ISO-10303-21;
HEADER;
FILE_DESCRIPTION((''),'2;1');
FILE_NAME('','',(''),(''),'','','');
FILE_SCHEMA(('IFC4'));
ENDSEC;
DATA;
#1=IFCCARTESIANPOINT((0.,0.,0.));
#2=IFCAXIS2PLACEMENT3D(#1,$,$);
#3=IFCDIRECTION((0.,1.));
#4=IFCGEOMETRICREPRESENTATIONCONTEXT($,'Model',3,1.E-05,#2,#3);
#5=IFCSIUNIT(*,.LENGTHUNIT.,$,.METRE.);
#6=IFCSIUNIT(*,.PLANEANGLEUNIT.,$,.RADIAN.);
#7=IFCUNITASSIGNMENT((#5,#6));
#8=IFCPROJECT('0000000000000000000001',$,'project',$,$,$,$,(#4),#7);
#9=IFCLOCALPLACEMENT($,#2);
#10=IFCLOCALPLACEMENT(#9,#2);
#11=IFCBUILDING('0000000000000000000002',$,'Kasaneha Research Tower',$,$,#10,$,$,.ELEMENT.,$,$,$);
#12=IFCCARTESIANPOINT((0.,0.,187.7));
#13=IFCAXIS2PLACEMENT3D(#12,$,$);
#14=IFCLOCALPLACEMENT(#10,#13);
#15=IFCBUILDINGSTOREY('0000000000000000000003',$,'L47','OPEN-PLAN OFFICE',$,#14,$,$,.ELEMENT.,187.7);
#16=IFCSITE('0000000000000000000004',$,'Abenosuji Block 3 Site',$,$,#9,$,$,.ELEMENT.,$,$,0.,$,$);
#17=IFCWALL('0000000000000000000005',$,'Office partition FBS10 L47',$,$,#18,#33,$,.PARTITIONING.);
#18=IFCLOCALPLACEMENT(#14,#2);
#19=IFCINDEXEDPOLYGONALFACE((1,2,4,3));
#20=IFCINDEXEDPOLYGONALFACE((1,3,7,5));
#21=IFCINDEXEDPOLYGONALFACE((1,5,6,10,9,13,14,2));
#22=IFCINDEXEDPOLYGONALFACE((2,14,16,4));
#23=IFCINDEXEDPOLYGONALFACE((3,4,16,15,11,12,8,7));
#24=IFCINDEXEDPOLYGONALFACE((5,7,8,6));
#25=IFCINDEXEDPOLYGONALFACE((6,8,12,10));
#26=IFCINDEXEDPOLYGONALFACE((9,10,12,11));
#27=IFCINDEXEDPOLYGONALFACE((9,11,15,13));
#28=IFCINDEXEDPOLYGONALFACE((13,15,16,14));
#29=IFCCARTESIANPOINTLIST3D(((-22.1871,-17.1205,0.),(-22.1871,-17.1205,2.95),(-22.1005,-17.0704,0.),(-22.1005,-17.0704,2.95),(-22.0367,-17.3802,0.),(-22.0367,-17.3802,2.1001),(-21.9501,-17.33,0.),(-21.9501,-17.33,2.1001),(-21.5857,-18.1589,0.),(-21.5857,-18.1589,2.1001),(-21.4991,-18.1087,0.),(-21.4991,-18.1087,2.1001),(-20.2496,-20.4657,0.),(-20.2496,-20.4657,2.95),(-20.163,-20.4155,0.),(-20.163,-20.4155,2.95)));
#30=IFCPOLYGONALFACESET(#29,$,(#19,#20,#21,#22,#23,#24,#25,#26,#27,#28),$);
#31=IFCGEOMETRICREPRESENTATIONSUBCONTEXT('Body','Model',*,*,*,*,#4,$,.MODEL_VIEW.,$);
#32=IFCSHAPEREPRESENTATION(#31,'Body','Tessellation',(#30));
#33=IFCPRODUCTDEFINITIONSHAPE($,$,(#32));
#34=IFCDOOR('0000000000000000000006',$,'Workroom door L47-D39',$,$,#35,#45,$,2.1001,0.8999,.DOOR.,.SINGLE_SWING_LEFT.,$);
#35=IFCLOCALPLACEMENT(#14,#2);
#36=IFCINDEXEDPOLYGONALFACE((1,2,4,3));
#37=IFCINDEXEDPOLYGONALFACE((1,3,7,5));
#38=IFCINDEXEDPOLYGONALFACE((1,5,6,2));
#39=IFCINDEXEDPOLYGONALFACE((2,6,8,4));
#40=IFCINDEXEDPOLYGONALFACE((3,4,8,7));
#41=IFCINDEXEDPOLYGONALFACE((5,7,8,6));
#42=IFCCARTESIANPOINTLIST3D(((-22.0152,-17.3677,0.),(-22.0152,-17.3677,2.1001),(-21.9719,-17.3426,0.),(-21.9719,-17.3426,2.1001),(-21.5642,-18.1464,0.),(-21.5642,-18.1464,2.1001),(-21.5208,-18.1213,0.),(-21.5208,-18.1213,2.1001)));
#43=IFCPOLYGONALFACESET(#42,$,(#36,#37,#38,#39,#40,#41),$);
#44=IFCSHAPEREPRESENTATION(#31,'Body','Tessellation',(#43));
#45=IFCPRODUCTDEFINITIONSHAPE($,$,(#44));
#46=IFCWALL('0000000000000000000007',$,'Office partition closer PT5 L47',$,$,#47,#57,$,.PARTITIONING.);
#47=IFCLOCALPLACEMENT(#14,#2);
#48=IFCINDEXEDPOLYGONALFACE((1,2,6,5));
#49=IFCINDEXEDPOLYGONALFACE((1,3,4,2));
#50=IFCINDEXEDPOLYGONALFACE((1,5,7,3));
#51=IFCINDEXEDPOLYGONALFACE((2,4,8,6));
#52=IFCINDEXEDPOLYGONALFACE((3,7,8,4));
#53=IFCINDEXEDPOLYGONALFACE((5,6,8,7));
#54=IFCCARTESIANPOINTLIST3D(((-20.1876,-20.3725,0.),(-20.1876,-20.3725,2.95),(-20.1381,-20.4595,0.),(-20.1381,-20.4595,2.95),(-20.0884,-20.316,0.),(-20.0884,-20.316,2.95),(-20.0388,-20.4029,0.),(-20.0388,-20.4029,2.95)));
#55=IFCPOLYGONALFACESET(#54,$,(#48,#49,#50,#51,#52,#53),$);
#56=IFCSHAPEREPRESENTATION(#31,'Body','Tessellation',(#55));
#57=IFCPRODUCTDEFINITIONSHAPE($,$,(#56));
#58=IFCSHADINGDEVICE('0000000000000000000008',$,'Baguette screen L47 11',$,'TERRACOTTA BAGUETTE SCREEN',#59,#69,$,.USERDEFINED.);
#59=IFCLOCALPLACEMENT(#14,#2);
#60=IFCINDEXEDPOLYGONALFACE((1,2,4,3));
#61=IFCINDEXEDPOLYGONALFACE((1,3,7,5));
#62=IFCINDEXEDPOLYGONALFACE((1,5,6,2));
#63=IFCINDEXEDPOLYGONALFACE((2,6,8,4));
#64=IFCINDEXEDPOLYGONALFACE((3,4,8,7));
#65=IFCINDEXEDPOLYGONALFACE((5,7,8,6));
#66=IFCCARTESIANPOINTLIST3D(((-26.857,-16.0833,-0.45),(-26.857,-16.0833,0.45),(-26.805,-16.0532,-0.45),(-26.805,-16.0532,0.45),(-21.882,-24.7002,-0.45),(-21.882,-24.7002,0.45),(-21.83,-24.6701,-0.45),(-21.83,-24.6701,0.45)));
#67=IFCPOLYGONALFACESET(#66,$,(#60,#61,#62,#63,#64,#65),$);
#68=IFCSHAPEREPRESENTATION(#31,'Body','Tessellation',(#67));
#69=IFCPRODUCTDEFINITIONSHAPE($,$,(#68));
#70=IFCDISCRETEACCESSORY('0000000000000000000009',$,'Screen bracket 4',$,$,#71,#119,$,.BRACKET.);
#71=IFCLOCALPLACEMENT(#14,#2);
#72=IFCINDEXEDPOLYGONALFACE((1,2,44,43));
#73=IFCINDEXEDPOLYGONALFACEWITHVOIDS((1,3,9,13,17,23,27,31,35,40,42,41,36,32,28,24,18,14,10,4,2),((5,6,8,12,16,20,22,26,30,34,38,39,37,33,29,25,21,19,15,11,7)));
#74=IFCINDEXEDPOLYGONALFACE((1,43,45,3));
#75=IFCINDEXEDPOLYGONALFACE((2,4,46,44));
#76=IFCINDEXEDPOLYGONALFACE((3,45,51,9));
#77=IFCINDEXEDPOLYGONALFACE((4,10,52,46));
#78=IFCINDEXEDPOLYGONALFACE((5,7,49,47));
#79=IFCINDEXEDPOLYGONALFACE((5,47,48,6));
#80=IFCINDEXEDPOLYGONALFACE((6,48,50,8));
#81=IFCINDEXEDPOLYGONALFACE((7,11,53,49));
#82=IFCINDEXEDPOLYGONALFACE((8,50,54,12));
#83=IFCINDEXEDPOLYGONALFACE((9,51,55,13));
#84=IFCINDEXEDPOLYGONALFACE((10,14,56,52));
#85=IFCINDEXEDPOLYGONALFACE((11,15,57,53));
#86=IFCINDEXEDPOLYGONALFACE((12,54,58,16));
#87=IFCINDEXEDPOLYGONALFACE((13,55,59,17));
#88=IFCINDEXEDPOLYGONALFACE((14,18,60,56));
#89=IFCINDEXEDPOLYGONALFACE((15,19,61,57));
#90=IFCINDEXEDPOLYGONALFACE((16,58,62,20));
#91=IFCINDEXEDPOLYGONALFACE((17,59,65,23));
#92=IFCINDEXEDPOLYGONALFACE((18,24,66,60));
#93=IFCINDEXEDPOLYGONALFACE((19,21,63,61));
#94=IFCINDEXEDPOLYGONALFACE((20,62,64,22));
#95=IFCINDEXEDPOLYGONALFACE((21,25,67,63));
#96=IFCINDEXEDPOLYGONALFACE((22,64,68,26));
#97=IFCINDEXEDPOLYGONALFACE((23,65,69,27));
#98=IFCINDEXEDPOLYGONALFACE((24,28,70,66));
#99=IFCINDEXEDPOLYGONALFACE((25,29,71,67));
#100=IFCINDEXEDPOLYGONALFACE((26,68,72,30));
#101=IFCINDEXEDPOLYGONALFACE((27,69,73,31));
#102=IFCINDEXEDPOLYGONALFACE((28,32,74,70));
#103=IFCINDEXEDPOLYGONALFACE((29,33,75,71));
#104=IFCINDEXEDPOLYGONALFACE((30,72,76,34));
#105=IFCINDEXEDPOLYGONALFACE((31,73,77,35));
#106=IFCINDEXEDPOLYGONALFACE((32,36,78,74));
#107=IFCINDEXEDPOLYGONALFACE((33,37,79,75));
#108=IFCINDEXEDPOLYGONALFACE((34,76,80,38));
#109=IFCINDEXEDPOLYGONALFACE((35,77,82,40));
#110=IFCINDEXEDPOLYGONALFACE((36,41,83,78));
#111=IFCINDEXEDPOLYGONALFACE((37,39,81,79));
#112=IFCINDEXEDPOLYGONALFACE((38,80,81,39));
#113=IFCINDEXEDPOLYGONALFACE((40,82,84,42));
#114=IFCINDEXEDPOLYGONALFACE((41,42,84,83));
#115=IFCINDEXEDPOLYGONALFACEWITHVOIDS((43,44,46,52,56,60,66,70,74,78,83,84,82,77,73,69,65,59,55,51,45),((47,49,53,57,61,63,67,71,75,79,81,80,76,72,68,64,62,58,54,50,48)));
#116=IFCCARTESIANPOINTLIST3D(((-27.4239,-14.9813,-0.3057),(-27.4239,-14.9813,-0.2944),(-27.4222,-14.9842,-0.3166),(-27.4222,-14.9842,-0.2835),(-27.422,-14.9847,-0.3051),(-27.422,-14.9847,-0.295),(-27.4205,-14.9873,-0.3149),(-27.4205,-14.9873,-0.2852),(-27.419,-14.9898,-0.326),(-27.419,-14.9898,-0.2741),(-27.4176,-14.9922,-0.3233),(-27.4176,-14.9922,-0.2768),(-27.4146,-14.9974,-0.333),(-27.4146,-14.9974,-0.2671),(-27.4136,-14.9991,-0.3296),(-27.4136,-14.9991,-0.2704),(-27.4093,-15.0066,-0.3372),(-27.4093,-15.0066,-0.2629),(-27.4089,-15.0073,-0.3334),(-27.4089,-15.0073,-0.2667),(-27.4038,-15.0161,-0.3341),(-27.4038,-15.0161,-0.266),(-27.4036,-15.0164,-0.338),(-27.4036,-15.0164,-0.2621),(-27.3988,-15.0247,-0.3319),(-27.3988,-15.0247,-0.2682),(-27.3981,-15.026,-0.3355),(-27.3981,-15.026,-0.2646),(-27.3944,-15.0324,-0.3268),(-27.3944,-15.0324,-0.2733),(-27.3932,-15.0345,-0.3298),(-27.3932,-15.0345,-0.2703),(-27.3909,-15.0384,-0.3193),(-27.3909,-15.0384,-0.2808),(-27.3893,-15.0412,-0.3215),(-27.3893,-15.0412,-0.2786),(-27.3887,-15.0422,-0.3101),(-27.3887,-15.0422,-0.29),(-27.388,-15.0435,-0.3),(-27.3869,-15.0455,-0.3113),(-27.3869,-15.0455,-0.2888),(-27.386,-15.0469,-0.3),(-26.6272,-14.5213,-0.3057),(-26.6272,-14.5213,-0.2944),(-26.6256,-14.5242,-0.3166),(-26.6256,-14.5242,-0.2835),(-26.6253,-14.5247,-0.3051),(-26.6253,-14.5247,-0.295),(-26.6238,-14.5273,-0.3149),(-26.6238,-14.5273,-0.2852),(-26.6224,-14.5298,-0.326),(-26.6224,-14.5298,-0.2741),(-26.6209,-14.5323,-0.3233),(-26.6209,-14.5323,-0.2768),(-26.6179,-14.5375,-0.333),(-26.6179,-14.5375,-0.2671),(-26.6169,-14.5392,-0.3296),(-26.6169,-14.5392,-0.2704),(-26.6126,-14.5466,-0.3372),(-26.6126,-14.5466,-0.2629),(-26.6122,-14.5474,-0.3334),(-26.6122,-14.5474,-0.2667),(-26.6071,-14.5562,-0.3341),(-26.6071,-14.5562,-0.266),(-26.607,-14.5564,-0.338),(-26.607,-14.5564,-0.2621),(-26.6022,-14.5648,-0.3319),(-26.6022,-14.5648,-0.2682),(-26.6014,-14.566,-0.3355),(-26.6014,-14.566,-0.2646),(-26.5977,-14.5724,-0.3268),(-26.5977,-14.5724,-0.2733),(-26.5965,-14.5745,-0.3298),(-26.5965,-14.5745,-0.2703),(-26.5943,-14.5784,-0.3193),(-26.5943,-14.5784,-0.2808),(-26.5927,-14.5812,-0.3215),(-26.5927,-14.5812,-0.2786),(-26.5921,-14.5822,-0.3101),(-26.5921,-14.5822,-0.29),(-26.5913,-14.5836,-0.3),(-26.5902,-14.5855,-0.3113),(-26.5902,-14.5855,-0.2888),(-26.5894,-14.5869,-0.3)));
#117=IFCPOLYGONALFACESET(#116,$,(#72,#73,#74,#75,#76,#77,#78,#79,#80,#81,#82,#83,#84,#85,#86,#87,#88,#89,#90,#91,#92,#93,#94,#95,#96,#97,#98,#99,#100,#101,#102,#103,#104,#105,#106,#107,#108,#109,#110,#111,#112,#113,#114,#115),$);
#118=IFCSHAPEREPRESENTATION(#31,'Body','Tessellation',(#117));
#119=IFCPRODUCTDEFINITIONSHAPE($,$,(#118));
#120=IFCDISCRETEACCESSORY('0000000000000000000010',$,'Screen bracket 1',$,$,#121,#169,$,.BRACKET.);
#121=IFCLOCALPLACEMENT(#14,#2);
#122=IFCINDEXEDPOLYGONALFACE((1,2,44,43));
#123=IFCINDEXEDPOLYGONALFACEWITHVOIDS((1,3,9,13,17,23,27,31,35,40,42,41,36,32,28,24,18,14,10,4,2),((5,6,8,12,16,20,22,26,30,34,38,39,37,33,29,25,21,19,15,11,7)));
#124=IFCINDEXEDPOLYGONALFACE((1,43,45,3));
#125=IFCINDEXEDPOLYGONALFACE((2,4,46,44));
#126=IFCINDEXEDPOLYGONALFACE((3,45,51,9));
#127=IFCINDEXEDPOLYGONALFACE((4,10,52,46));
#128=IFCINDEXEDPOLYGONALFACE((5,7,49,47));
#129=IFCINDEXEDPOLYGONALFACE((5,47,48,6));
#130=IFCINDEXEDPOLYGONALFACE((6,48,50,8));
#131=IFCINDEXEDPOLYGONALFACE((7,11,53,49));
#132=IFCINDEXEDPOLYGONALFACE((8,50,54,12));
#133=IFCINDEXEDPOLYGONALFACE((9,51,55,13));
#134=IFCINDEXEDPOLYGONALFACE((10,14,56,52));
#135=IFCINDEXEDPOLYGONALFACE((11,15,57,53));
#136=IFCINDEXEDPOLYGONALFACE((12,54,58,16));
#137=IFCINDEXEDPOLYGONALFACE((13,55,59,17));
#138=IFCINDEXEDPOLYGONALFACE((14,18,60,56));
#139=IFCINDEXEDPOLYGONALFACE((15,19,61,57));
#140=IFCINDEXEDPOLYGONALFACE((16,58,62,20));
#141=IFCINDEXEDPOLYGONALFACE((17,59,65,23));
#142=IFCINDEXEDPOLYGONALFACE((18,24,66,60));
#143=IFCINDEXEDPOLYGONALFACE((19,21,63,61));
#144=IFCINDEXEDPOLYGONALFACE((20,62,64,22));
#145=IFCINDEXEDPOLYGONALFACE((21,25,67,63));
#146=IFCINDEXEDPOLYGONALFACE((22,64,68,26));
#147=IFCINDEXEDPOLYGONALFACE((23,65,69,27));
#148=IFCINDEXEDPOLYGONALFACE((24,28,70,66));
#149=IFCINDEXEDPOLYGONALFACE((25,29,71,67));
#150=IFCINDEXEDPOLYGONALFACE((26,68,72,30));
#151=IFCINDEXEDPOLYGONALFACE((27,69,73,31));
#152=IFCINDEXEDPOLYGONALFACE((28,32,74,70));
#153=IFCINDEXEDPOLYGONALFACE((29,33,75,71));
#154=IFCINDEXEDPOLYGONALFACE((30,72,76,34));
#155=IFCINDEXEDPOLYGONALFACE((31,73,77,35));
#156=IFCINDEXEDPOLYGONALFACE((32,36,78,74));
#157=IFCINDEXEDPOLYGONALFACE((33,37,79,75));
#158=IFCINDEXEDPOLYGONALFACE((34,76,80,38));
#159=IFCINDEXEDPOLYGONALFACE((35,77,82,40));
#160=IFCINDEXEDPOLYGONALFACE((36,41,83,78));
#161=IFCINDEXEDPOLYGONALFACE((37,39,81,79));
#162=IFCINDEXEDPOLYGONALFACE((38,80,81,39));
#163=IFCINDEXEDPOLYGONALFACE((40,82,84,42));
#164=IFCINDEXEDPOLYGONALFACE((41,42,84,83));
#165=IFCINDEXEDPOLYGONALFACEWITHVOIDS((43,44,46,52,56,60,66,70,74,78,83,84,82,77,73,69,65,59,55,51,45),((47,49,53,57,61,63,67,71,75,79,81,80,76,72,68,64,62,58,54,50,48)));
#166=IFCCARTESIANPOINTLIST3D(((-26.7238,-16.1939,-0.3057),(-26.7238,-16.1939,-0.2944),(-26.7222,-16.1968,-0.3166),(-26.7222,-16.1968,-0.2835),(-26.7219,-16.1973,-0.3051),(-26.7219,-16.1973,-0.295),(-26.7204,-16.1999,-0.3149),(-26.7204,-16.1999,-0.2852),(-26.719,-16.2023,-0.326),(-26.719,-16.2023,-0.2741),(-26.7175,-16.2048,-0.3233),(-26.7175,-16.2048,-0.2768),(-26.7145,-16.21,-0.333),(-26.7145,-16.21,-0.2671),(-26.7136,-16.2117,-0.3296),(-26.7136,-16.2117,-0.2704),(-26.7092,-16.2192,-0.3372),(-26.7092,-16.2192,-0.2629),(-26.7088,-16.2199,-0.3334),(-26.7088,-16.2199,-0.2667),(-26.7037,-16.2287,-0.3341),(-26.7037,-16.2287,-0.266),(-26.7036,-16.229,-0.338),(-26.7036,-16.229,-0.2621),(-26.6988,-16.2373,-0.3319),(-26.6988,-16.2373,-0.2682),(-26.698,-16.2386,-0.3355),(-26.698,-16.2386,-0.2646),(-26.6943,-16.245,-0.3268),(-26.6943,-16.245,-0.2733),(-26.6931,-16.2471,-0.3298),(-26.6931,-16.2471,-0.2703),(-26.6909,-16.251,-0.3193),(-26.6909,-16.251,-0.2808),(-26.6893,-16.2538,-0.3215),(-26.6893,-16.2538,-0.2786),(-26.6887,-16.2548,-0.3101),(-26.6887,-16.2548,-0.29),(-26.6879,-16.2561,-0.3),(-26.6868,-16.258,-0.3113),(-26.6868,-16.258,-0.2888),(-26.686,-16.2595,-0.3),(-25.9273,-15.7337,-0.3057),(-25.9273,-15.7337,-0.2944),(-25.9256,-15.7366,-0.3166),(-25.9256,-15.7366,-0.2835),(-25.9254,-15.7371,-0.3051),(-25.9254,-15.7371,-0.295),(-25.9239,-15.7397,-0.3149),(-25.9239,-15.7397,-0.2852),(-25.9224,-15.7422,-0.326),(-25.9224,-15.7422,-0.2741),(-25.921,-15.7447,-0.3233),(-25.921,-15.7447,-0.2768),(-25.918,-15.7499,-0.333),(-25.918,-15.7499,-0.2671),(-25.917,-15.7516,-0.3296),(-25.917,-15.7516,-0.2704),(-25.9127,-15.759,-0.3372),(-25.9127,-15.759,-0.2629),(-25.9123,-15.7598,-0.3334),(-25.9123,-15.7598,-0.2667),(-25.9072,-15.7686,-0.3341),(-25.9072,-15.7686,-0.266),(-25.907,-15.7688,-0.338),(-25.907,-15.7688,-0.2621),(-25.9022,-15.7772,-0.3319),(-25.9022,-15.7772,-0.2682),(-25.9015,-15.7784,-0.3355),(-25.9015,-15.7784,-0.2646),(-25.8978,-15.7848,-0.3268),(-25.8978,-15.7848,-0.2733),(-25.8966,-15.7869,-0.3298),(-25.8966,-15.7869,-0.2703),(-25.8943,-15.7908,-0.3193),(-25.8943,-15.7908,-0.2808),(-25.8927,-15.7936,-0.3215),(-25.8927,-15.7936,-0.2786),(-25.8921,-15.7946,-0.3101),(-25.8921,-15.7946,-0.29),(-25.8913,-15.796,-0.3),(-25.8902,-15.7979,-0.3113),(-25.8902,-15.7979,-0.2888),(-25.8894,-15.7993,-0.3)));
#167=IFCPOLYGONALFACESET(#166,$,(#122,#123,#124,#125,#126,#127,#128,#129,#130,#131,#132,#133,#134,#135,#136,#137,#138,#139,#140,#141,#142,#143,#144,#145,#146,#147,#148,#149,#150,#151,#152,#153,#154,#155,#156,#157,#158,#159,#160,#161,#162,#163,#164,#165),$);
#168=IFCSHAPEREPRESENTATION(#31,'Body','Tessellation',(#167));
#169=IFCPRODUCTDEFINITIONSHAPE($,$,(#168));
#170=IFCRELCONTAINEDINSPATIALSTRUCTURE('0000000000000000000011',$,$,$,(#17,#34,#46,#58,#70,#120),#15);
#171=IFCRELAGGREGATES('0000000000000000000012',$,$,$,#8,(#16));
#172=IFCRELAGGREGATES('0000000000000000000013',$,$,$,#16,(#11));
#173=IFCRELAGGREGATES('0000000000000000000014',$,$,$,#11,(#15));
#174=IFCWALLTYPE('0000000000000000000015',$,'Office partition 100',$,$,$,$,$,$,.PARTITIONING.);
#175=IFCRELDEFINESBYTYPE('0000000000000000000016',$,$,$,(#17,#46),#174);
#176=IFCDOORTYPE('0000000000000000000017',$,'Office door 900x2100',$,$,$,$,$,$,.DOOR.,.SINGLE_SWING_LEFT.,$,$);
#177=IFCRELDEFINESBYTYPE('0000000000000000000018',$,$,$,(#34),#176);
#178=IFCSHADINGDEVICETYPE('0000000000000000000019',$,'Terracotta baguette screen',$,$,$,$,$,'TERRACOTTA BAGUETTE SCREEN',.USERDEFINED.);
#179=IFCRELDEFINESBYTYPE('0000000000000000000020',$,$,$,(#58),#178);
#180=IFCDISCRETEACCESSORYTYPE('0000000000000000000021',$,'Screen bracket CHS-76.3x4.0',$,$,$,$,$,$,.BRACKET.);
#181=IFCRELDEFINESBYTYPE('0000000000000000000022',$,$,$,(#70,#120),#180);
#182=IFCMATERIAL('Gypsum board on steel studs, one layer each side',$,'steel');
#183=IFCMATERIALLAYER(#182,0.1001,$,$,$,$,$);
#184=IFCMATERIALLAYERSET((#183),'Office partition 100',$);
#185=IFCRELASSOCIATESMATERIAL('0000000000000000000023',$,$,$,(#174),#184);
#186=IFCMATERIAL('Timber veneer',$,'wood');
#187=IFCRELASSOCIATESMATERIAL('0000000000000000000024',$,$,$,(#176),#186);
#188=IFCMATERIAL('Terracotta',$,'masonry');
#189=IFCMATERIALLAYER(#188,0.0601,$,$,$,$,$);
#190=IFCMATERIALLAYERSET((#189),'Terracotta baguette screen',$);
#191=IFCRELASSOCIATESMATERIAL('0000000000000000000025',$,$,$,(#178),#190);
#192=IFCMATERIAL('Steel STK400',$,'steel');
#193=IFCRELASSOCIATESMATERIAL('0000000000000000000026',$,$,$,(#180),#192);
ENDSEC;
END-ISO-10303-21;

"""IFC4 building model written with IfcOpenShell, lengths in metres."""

from ifc_helpers import new_model, si_unit, direction, frame, frame_2d, origin, origin_2d, place, context, subcontext, project, spatial, rectangle, hollow_circle, extrude, material, layer, layer_set, material_profile, profile_set, type_object, element, fill, save


model = new_model("IFC4")

# Units and contexts
model_context = context("Model", 3, precision=1e-05, world=origin(), true_north=direction((0.0, 1.0)))
body_context = subcontext(model_context, "Body", "Model", "MODEL_VIEW")
ifc_project = project(units=[si_unit("LENGTHUNIT", "METRE"), si_unit("PLANEANGLEUNIT", "RADIAN")], contexts=[model_context])

# Site, building, storey
site_placement = place(None, origin())
site = spatial("IfcSite", under=ifc_project, at=site_placement, Name="Abenosuji Block 3 Site", CompositionType="ELEMENT", RefElevation=0.0)
building_placement = place(site_placement, origin())
building = spatial("IfcBuilding", under=site, at=building_placement, Name="Kasaneha Research Tower", CompositionType="ELEMENT")
storey_placement = place(building_placement, frame((0.0, 0.0, 187.7)))
storey = spatial("IfcBuildingStorey", under=building, at=storey_placement, Name="L47", Description="OPEN-PLAN OFFICE", CompositionType="ELEMENT", Elevation=187.7)

# Shared definitions
ifc_material_1 = material(Name="Gypsum board on steel studs, one layer each side", Category="steel")
ifc_layer_1 = layer(ifc_material_1, 0.1001)
ifc_layer_set_1 = layer_set([ifc_layer_1], Name="Office partition 100")
wall_type = type_object("IfcWallType", Name="Office partition 100", PredefinedType="PARTITIONING", material=ifc_layer_set_1)

# Shared definitions
ifc_material_2 = material(Name="Timber veneer", Category="wood")
door_type = type_object("IfcDoorType", Name="Office door 900x2100", OperationType="SINGLE_SWING_LEFT", PredefinedType="DOOR", material=ifc_material_2)

# Wall, opening, door
wall_1_placement = place(storey_placement, frame((-22.1438, -17.0955, 0.0), z_axis=(0.0, 0.0, 1.0), x_axis=(0.501191, -0.865337, 0.0)))
wall_1 = element("IfcWall", 1, at=wall_1_placement, inside=storey, type_object=wall_type, Name="Office partition FBS10 L47", PredefinedType="PARTITIONING", context=body_context, shape_type="SweptSolid", body=[
    extrude(rectangle(XDim=3.8657, YDim=0.1001, at=frame_2d((1.9329, 0.0))), origin(), (0.0, 0.0, 1.0), 2.95),
])
opening_1_placement = place(wall_1_placement, frame((0.3, 0.0, 0.0)))
opening_1 = element("IfcOpeningElement", 2, at=opening_1_placement, cuts=wall_1, PredefinedType="OPENING", context=body_context, shape_type="SweptSolid", body=[
    extrude(rectangle(XDim=0.8999, YDim=2.1001, at=frame_2d((0.45, 1.05))), frame((0.0, 0.0601, 0.0), z_axis=(0.0, -1.0, 0.0), x_axis=(1.0, 0.0, 0.0)), (0.0, 0.0, 1.0), 0.1201),
])
door_1_placement = place(opening_1_placement, origin())
door_1 = element("IfcDoor", 3, at=door_1_placement, inside=storey, type_object=door_type, Name="Workroom door L47-D39", OperationType="SINGLE_SWING_LEFT", OverallHeight=2.1001, OverallWidth=0.8999, PredefinedType="DOOR", context=body_context, shape_type="SweptSolid", body=[
    extrude(rectangle(XDim=0.8999, YDim=2.1001, at=frame_2d((0.45, 1.05))), frame((0.0, 0.0249, 0.0), z_axis=(0.0, -1.0, 0.0), x_axis=(1.0, 0.0, 0.0)), (0.0, 0.0, 1.0), 0.05),
])
fill(opening_1, door_1)

# Wall
wall_2_placement = place(storey_placement, frame((-20.1628, -20.416, 0.0), z_axis=(0.0, 0.0, 1.0), x_axis=(0.868768, 0.495219, 0.0)))
element("IfcWall", 4, at=wall_2_placement, inside=storey, type_object=wall_type, Name="Office partition closer PT5 L47", PredefinedType="PARTITIONING", context=body_context, shape_type="SweptSolid", body=[
    extrude(rectangle(XDim=0.1143, YDim=0.1001, at=frame_2d((0.0571, 0.0))), origin(), (0.0, 0.0, 1.0), 2.95),
])

# Shading device
ifc_material_3 = material(Name="Terracotta", Category="masonry")
ifc_layer_2 = layer(ifc_material_3, 0.0601)
ifc_layer_set_2 = layer_set([ifc_layer_2], Name="Terracotta baguette screen")
shading_device_type = type_object("IfcShadingDeviceType", Name="Terracotta baguette screen", ElementType="TERRACOTTA BAGUETTE SCREEN", PredefinedType="USERDEFINED", material=ifc_layer_set_2)
shading_device_placement = place(storey_placement, frame((-24.3435, -20.3767, -0.45), z_axis=(0.0, 0.0, 1.0), x_axis=(0.5, -0.866025, 0.0)))
element("IfcShadingDevice", 5, at=shading_device_placement, inside=storey, type_object=shading_device_type, Name="Baguette screen L47 11", ObjectType="TERRACOTTA BAGUETTE SCREEN", PredefinedType="USERDEFINED", context=body_context, shape_type="SweptSolid", body=[
    extrude(rectangle(XDim=9.95, YDim=0.0601, at=origin_2d()), origin(), (0.0, 0.0, 1.0), 0.8999),
])

# Discrete accessories
ifc_material_4 = material(Name="Steel STK400", Category="steel")
ifc_material_profile_1 = material_profile(ifc_material_4, hollow_circle(Radius=0.0381, WallThickness=0.0039, at=origin_2d()), Name="CHS-76.3x4.0")
ifc_profile_set_1 = profile_set([ifc_material_profile_1], Name="Steel STK400")
discrete_accessory_type = type_object("IfcDiscreteAccessoryType", Name="Screen bracket CHS-76.3x4.0", PredefinedType="BRACKET", material=ifc_profile_set_1)
for number, where, z_axis, x_axis, name in (
    (6, (-26.6084, -14.554, -0.3), (-0.866013, -0.500021, 0.0), (0.500021, -0.866013, 0.0), "Screen bracket 4"),
    (7, (-25.9084, -15.7664, -0.3), (-0.865898, -0.50022, 0.0), (0.50022, -0.865898, 0.0), "Screen bracket 1"),
):
    element("IfcDiscreteAccessory", number, at=place(storey_placement, frame(where, z_axis=z_axis, x_axis=x_axis)), inside=storey, type_object=discrete_accessory_type, Name=name, PredefinedType="BRACKET", context=body_context, shape_type="SweptSolid", body=[
        extrude(hollow_circle(Radius=0.0381, WallThickness=0.0039, at=origin_2d()), origin(), (0.0, 0.0, 1.0), 0.9199),
    ])

save(model, "model.ifc")
